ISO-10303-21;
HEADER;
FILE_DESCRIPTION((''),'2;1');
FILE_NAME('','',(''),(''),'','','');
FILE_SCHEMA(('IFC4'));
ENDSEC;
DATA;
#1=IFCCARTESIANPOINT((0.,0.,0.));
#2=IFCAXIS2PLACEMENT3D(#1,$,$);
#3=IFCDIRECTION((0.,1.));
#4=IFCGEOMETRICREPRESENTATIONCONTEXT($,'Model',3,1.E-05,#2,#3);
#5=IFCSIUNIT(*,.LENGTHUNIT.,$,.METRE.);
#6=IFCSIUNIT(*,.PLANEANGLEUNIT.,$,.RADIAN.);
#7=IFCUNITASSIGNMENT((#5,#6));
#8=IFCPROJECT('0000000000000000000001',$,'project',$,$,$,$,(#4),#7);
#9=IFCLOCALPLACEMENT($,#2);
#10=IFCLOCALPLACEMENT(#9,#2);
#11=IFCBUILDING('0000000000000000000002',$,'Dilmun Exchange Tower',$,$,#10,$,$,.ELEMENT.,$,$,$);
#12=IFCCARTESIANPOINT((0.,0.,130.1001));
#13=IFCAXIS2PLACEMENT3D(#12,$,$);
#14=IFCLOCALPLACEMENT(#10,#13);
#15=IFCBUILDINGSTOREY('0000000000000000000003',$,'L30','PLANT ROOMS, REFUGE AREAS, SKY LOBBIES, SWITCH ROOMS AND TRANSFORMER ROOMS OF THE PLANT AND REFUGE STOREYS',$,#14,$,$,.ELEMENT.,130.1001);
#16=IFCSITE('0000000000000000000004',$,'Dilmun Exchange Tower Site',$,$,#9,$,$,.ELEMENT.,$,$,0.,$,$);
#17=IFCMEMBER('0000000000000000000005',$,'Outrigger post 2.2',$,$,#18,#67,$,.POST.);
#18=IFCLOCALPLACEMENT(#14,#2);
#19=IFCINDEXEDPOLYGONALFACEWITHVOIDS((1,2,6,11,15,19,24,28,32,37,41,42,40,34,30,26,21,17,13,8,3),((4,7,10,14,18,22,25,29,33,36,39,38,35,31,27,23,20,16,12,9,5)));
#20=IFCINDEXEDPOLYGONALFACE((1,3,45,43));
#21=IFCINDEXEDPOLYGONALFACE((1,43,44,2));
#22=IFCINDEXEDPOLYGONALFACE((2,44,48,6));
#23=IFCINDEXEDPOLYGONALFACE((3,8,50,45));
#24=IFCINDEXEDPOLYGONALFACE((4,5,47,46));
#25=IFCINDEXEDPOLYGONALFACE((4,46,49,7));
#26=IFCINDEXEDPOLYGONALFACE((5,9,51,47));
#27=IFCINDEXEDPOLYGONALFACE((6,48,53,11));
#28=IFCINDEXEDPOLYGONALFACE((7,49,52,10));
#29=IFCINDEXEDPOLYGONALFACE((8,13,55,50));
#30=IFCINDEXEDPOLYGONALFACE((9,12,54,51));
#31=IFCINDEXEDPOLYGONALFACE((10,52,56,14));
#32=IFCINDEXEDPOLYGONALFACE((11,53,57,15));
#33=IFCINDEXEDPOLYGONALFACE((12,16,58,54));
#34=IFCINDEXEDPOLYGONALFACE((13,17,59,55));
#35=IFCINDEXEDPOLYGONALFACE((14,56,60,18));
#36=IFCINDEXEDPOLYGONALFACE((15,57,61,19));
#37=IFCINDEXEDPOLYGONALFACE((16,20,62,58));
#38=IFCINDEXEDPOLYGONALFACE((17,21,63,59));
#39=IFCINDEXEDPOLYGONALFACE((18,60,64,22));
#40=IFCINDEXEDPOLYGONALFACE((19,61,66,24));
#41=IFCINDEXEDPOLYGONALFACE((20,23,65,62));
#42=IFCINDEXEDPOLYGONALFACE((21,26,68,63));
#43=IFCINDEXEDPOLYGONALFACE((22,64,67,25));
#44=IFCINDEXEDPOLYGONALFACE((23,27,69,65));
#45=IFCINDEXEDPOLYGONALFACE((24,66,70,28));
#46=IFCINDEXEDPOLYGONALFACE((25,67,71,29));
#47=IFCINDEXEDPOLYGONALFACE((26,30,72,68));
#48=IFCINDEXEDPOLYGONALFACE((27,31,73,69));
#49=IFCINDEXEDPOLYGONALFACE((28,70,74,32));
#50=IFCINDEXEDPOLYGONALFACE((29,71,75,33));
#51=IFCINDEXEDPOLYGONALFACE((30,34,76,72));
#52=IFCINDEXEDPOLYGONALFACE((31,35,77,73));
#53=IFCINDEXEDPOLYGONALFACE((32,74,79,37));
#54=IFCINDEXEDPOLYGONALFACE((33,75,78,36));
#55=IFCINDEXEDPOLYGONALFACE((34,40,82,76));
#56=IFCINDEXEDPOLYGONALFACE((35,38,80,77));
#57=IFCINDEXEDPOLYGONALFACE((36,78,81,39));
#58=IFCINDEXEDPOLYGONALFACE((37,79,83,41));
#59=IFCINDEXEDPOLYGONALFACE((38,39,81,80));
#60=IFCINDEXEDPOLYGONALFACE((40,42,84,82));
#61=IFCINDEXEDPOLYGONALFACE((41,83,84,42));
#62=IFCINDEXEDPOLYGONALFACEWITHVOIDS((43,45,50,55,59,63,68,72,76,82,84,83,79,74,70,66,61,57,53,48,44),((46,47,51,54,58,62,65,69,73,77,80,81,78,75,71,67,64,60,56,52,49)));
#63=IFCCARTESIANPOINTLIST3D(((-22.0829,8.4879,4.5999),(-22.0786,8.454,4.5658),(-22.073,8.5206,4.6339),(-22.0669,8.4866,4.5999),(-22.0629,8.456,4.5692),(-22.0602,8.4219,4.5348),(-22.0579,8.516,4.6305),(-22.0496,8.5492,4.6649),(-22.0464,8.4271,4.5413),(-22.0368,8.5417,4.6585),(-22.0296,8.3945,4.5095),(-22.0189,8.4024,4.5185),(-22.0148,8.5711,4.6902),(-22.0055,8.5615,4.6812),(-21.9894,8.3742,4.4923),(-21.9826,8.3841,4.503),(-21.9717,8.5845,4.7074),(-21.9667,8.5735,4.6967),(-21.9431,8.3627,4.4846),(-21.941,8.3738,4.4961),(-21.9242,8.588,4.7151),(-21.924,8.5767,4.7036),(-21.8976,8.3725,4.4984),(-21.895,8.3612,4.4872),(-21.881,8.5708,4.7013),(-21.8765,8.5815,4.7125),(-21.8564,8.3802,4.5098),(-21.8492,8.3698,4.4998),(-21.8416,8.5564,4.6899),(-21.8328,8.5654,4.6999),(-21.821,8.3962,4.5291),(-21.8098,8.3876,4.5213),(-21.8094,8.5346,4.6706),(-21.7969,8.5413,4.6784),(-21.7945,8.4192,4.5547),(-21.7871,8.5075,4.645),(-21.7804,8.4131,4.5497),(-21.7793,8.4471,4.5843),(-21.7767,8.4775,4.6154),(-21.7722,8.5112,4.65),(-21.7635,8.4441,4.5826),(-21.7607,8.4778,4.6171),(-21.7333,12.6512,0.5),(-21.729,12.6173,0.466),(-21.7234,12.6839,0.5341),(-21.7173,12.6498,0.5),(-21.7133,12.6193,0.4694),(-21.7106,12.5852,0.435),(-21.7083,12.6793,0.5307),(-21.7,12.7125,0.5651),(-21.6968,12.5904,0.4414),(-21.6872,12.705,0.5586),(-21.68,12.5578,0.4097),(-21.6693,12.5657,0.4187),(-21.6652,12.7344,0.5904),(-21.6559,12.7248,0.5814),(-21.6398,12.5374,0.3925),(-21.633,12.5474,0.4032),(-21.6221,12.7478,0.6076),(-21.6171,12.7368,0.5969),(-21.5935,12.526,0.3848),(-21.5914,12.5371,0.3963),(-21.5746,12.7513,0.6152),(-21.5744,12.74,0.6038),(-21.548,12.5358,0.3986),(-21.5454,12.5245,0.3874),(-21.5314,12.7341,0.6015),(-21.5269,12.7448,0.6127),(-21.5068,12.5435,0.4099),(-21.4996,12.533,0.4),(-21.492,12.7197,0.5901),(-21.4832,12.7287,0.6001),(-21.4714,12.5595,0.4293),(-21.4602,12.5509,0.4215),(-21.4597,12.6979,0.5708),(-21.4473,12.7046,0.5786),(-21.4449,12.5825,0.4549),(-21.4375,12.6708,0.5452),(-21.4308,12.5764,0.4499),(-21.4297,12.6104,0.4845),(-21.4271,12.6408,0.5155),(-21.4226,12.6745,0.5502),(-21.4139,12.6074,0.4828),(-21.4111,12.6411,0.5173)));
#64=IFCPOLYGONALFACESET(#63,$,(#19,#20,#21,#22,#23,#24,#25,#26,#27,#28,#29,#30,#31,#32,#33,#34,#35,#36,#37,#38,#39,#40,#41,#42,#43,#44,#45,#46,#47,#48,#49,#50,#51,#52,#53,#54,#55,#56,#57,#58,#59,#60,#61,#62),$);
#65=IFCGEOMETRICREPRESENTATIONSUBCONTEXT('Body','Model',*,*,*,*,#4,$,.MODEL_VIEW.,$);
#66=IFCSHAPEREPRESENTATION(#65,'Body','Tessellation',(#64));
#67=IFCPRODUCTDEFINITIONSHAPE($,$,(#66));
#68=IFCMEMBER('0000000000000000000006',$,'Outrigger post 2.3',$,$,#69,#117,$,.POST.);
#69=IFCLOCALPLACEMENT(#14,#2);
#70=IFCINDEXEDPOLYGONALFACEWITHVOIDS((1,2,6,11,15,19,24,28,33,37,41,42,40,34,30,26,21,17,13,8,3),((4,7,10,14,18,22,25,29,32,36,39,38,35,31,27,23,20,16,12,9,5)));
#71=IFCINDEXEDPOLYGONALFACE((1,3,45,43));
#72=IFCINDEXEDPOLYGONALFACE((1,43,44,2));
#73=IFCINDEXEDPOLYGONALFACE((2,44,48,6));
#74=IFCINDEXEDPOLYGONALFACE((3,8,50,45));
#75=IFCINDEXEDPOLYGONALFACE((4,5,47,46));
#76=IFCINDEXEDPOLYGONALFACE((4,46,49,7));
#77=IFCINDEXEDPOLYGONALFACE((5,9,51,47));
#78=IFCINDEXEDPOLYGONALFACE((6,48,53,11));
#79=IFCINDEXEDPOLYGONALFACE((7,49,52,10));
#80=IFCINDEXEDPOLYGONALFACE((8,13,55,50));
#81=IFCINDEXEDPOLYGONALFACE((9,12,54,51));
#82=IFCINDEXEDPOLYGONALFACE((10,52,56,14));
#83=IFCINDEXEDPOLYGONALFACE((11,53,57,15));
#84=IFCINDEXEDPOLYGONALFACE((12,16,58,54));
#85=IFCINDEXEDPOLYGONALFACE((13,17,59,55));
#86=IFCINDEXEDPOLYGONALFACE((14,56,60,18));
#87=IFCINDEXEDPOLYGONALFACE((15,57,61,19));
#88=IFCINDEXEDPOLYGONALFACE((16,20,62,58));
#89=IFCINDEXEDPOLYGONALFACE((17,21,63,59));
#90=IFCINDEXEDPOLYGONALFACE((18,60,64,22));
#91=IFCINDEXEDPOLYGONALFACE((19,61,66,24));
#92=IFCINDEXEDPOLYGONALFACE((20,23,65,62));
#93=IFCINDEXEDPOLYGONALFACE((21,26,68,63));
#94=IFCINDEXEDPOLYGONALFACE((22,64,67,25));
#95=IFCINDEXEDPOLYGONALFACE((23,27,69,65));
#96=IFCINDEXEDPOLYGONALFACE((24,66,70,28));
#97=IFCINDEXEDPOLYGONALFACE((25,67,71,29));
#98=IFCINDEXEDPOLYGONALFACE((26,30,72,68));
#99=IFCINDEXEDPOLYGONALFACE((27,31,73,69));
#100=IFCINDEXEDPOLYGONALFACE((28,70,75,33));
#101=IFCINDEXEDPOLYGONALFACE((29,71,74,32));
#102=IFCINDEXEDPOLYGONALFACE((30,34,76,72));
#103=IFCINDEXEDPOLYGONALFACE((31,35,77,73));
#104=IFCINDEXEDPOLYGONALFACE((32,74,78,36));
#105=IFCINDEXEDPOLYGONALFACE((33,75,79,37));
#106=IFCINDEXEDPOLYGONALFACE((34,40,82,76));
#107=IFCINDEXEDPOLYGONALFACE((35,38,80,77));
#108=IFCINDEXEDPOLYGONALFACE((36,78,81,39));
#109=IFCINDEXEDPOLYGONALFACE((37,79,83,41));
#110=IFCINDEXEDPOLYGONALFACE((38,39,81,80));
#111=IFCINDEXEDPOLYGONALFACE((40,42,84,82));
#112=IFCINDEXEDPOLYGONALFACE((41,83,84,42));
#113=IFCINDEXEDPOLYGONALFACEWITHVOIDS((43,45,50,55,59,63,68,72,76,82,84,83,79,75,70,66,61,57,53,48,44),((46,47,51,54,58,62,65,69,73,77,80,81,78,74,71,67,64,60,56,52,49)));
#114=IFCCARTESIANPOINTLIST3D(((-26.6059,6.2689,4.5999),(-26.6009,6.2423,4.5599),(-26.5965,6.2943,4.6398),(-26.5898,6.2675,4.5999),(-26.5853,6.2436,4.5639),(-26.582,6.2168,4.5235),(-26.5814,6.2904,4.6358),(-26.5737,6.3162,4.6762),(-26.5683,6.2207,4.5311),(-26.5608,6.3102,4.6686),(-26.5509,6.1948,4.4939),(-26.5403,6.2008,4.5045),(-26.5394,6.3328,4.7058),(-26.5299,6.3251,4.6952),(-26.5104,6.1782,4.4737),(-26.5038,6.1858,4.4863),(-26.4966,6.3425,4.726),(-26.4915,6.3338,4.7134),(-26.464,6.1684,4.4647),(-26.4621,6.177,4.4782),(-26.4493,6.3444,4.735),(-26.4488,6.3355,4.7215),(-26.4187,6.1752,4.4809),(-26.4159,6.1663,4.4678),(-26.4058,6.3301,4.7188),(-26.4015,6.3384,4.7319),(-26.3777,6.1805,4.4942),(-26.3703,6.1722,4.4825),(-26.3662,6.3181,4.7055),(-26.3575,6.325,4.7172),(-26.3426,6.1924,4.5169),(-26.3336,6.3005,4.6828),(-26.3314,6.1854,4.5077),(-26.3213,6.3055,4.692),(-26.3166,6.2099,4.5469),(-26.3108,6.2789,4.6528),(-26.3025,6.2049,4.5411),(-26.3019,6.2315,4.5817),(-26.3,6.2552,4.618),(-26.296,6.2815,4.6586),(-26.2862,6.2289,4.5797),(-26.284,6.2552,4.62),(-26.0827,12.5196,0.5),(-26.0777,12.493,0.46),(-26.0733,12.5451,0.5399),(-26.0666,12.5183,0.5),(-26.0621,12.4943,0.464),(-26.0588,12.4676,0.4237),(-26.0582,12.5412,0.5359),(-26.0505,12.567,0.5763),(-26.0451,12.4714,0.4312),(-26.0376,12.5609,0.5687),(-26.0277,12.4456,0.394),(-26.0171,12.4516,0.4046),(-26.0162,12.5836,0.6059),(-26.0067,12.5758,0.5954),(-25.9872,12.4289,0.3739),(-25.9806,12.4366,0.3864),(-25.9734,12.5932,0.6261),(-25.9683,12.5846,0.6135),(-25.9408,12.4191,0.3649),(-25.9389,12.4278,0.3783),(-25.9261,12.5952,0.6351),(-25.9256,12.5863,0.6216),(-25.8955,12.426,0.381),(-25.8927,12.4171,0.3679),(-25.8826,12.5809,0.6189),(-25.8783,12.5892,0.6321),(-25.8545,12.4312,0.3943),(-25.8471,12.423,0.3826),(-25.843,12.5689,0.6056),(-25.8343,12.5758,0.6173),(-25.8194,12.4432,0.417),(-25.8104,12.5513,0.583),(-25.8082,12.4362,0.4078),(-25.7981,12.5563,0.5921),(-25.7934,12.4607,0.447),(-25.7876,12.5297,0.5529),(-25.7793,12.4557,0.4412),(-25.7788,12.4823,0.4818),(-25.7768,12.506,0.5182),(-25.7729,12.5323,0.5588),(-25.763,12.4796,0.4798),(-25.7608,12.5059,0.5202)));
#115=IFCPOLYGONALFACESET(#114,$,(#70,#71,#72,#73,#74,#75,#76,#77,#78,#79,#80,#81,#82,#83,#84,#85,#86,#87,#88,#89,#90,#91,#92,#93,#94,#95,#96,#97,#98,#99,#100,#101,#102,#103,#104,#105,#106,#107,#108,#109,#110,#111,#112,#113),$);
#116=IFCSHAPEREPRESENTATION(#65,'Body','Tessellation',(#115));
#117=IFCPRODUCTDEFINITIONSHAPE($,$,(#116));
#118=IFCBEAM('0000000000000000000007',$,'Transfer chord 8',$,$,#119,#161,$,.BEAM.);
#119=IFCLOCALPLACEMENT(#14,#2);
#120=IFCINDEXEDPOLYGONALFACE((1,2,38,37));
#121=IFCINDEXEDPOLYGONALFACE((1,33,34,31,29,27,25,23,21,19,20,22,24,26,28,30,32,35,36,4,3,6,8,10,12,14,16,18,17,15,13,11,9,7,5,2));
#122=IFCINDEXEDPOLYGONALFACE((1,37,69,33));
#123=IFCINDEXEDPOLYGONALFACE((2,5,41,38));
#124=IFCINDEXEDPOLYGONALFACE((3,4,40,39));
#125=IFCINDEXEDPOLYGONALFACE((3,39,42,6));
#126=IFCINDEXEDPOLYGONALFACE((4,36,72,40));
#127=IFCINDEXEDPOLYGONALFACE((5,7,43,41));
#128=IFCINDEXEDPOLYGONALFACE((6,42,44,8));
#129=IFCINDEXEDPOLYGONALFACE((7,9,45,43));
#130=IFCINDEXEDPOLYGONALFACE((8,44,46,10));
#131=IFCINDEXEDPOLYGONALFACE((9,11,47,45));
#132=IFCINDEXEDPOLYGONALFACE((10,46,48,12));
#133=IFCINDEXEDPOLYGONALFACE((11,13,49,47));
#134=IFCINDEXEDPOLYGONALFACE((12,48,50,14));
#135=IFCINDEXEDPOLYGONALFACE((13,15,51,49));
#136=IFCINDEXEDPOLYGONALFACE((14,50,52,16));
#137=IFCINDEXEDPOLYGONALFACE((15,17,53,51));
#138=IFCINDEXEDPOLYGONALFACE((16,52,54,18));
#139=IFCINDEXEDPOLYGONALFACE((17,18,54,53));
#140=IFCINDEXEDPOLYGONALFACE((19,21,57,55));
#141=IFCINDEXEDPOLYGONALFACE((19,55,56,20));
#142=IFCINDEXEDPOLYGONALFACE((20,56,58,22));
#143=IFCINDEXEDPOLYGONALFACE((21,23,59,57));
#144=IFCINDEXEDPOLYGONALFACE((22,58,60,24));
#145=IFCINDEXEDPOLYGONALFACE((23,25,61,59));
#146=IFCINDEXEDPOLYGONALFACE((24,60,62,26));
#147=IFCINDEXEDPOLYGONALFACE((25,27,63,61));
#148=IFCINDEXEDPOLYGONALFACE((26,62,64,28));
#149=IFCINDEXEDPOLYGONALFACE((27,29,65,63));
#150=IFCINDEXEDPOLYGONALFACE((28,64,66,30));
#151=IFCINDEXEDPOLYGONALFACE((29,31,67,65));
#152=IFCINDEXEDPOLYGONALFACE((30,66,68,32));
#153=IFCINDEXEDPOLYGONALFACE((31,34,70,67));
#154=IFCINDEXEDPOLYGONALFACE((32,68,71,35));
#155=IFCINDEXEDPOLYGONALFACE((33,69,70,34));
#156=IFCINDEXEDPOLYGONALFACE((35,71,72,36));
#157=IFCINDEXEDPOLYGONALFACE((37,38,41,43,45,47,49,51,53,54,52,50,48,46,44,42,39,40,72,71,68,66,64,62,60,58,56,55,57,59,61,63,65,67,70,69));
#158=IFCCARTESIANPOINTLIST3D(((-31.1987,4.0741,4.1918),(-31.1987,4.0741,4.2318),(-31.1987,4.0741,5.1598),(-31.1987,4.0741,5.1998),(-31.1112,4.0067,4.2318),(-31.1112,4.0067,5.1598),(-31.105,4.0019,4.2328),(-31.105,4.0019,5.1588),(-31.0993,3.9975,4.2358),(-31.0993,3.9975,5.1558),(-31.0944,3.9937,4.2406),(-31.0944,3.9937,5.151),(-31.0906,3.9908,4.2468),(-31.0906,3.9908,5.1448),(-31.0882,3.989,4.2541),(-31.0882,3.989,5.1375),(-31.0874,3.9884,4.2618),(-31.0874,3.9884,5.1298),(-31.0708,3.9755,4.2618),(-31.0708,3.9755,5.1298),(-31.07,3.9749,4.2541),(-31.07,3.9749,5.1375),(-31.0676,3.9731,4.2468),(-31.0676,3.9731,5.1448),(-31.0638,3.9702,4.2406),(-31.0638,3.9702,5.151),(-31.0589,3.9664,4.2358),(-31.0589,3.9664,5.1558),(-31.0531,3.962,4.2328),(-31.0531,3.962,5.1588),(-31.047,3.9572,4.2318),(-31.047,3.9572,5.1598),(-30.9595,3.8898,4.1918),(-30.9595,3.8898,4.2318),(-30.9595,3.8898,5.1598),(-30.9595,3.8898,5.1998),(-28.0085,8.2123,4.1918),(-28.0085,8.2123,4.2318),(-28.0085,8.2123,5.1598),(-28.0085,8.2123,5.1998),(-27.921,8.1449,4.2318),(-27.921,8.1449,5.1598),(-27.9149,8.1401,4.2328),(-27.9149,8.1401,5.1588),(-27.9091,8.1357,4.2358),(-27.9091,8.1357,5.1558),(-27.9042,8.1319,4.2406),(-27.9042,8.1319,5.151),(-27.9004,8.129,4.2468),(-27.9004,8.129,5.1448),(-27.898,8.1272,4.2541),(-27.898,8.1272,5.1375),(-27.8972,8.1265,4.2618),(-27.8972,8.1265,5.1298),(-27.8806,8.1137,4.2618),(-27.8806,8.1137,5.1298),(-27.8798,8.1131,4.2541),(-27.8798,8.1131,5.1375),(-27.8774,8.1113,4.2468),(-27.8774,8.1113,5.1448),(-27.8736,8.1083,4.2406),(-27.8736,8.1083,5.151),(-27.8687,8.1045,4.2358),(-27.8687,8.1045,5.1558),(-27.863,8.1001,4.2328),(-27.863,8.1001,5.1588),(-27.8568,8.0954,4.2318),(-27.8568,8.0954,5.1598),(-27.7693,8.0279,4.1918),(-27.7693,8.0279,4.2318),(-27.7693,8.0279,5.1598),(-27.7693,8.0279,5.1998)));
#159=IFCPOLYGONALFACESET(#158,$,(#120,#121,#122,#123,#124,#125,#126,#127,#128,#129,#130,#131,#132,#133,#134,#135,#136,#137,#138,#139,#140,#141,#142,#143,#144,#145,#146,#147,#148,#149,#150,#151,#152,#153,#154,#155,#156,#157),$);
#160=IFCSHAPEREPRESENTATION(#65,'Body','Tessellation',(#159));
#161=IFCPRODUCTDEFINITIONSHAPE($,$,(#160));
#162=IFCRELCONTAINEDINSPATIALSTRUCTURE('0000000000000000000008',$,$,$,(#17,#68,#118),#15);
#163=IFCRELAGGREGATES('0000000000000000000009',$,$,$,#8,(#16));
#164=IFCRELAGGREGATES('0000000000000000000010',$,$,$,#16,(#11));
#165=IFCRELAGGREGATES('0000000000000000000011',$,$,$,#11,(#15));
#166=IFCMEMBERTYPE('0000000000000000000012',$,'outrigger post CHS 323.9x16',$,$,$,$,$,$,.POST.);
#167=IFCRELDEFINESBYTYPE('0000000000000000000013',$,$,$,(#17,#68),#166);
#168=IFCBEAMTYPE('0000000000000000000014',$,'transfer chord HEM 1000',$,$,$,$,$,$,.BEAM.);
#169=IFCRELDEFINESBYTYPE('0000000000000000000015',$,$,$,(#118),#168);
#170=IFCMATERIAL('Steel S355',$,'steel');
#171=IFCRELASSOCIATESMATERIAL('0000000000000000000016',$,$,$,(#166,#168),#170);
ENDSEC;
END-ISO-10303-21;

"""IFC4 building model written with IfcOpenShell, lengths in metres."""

from ifc_helpers import new_model, si_unit, direction, frame, origin, origin_2d, place, context, subcontext, project, spatial, hollow_circle, i_section, extrude, material, material_profile, profile_set, type_object, element, save


model = new_model("IFC4")

# Units and contexts
model_context = context("Model", 3, precision=1e-05, world=origin(), true_north=direction((0.0, 1.0)))
body_context = subcontext(model_context, "Body", "Model", "MODEL_VIEW")
ifc_project = project(units=[si_unit("LENGTHUNIT", "METRE"), si_unit("PLANEANGLEUNIT", "RADIAN")], contexts=[model_context])

# Site, building, storey
site_placement = place(None, origin())
site = spatial("IfcSite", under=ifc_project, at=site_placement, Name="Dilmun Exchange Tower Site", CompositionType="ELEMENT", RefElevation=0.0)
building_placement = place(site_placement, origin())
building = spatial("IfcBuilding", under=site, at=building_placement, Name="Dilmun Exchange Tower", CompositionType="ELEMENT")
storey_placement = place(building_placement, frame((0.0, 0.0, 130.1001)))
storey = spatial("IfcBuildingStorey", under=building, at=storey_placement, Name="L30", Description="PLANT ROOMS, REFUGE AREAS, SKY LOBBIES, SWITCH ROOMS AND TRANSFORMER ROOMS OF THE PLANT AND REFUGE STOREYS", CompositionType="ELEMENT", Elevation=130.1001)

# Members
ifc_material_1 = material(Name="Steel S355", Category="steel")
ifc_material_profile_1 = material_profile(ifc_material_1, hollow_circle(Radius=0.1619, WallThickness=0.0161, at=origin_2d()), Name="CHS 323.9x16")
ifc_profile_set_1 = profile_set([ifc_material_profile_1], Name="Steel S355")
member_type_1 = type_object("IfcMemberType", Name="outrigger post CHS 323.9x16", PredefinedType="POST", material=ifc_profile_set_1)
member_1_placement = place(storey_placement, frame((-21.9216, 8.4744, 4.5999), z_axis=(0.059726, 0.711246, -0.700402), x_axis=(-0.996493, 0.083679, 0.0)))
element("IfcMember", 1, at=member_1_placement, inside=storey, type_object=member_type_1, Name="Outrigger post 2.2", PredefinedType="POST", context=body_context, shape_type="SweptSolid", body=[
    extrude(hollow_circle(Radius=0.1619, WallThickness=0.0161, at=origin_2d()), origin(), (0.0, 0.0, 1.0), 5.8535),
])
member_2_placement = place(storey_placement, frame((-26.4446, 6.2554, 4.5999), z_axis=(0.069819, 0.834142, -0.547113), x_axis=(-0.996515, 0.083409, 0.0)))
element("IfcMember", 2, at=member_2_placement, inside=storey, type_object=member_type_1, Name="Outrigger post 2.3", PredefinedType="POST", context=body_context, shape_type="SweptSolid", body=[
    extrude(hollow_circle(Radius=0.1619, WallThickness=0.0161, at=origin_2d()), origin(), (0.0, 0.0, 1.0), 7.4937),
])

# Beam
ifc_material_profile_2 = material_profile(ifc_material_1, i_section(OverallWidth=0.302, OverallDepth=1.0081, WebThickness=0.021, FlangeThickness=0.04, FilletRadius=0.03, at=origin_2d()), Name="HEM 1000")
ifc_profile_set_2 = profile_set([ifc_material_profile_2], Name="Steel S355")
beam_type = type_object("IfcBeamType", Name="transfer chord HEM 1000", PredefinedType="BEAM", material=ifc_profile_set_2)
beam_placement = place(storey_placement, frame((-27.8889, 8.1201, 4.6958), z_axis=(-0.610548, -0.791979, 0.0), x_axis=(0.791979, -0.610548, 0.0)))
element("IfcBeam", 3, at=beam_placement, inside=storey, type_object=beam_type, Name="Transfer chord 8", PredefinedType="BEAM", context=body_context, shape_type="SweptSolid", body=[
    extrude(i_section(OverallWidth=0.302, OverallDepth=1.0081, WebThickness=0.021, FlangeThickness=0.04, FilletRadius=0.03, at=origin_2d()), origin(), (0.0, 0.0, 1.0), 5.2251),
])

save(model, "model.ifc")
